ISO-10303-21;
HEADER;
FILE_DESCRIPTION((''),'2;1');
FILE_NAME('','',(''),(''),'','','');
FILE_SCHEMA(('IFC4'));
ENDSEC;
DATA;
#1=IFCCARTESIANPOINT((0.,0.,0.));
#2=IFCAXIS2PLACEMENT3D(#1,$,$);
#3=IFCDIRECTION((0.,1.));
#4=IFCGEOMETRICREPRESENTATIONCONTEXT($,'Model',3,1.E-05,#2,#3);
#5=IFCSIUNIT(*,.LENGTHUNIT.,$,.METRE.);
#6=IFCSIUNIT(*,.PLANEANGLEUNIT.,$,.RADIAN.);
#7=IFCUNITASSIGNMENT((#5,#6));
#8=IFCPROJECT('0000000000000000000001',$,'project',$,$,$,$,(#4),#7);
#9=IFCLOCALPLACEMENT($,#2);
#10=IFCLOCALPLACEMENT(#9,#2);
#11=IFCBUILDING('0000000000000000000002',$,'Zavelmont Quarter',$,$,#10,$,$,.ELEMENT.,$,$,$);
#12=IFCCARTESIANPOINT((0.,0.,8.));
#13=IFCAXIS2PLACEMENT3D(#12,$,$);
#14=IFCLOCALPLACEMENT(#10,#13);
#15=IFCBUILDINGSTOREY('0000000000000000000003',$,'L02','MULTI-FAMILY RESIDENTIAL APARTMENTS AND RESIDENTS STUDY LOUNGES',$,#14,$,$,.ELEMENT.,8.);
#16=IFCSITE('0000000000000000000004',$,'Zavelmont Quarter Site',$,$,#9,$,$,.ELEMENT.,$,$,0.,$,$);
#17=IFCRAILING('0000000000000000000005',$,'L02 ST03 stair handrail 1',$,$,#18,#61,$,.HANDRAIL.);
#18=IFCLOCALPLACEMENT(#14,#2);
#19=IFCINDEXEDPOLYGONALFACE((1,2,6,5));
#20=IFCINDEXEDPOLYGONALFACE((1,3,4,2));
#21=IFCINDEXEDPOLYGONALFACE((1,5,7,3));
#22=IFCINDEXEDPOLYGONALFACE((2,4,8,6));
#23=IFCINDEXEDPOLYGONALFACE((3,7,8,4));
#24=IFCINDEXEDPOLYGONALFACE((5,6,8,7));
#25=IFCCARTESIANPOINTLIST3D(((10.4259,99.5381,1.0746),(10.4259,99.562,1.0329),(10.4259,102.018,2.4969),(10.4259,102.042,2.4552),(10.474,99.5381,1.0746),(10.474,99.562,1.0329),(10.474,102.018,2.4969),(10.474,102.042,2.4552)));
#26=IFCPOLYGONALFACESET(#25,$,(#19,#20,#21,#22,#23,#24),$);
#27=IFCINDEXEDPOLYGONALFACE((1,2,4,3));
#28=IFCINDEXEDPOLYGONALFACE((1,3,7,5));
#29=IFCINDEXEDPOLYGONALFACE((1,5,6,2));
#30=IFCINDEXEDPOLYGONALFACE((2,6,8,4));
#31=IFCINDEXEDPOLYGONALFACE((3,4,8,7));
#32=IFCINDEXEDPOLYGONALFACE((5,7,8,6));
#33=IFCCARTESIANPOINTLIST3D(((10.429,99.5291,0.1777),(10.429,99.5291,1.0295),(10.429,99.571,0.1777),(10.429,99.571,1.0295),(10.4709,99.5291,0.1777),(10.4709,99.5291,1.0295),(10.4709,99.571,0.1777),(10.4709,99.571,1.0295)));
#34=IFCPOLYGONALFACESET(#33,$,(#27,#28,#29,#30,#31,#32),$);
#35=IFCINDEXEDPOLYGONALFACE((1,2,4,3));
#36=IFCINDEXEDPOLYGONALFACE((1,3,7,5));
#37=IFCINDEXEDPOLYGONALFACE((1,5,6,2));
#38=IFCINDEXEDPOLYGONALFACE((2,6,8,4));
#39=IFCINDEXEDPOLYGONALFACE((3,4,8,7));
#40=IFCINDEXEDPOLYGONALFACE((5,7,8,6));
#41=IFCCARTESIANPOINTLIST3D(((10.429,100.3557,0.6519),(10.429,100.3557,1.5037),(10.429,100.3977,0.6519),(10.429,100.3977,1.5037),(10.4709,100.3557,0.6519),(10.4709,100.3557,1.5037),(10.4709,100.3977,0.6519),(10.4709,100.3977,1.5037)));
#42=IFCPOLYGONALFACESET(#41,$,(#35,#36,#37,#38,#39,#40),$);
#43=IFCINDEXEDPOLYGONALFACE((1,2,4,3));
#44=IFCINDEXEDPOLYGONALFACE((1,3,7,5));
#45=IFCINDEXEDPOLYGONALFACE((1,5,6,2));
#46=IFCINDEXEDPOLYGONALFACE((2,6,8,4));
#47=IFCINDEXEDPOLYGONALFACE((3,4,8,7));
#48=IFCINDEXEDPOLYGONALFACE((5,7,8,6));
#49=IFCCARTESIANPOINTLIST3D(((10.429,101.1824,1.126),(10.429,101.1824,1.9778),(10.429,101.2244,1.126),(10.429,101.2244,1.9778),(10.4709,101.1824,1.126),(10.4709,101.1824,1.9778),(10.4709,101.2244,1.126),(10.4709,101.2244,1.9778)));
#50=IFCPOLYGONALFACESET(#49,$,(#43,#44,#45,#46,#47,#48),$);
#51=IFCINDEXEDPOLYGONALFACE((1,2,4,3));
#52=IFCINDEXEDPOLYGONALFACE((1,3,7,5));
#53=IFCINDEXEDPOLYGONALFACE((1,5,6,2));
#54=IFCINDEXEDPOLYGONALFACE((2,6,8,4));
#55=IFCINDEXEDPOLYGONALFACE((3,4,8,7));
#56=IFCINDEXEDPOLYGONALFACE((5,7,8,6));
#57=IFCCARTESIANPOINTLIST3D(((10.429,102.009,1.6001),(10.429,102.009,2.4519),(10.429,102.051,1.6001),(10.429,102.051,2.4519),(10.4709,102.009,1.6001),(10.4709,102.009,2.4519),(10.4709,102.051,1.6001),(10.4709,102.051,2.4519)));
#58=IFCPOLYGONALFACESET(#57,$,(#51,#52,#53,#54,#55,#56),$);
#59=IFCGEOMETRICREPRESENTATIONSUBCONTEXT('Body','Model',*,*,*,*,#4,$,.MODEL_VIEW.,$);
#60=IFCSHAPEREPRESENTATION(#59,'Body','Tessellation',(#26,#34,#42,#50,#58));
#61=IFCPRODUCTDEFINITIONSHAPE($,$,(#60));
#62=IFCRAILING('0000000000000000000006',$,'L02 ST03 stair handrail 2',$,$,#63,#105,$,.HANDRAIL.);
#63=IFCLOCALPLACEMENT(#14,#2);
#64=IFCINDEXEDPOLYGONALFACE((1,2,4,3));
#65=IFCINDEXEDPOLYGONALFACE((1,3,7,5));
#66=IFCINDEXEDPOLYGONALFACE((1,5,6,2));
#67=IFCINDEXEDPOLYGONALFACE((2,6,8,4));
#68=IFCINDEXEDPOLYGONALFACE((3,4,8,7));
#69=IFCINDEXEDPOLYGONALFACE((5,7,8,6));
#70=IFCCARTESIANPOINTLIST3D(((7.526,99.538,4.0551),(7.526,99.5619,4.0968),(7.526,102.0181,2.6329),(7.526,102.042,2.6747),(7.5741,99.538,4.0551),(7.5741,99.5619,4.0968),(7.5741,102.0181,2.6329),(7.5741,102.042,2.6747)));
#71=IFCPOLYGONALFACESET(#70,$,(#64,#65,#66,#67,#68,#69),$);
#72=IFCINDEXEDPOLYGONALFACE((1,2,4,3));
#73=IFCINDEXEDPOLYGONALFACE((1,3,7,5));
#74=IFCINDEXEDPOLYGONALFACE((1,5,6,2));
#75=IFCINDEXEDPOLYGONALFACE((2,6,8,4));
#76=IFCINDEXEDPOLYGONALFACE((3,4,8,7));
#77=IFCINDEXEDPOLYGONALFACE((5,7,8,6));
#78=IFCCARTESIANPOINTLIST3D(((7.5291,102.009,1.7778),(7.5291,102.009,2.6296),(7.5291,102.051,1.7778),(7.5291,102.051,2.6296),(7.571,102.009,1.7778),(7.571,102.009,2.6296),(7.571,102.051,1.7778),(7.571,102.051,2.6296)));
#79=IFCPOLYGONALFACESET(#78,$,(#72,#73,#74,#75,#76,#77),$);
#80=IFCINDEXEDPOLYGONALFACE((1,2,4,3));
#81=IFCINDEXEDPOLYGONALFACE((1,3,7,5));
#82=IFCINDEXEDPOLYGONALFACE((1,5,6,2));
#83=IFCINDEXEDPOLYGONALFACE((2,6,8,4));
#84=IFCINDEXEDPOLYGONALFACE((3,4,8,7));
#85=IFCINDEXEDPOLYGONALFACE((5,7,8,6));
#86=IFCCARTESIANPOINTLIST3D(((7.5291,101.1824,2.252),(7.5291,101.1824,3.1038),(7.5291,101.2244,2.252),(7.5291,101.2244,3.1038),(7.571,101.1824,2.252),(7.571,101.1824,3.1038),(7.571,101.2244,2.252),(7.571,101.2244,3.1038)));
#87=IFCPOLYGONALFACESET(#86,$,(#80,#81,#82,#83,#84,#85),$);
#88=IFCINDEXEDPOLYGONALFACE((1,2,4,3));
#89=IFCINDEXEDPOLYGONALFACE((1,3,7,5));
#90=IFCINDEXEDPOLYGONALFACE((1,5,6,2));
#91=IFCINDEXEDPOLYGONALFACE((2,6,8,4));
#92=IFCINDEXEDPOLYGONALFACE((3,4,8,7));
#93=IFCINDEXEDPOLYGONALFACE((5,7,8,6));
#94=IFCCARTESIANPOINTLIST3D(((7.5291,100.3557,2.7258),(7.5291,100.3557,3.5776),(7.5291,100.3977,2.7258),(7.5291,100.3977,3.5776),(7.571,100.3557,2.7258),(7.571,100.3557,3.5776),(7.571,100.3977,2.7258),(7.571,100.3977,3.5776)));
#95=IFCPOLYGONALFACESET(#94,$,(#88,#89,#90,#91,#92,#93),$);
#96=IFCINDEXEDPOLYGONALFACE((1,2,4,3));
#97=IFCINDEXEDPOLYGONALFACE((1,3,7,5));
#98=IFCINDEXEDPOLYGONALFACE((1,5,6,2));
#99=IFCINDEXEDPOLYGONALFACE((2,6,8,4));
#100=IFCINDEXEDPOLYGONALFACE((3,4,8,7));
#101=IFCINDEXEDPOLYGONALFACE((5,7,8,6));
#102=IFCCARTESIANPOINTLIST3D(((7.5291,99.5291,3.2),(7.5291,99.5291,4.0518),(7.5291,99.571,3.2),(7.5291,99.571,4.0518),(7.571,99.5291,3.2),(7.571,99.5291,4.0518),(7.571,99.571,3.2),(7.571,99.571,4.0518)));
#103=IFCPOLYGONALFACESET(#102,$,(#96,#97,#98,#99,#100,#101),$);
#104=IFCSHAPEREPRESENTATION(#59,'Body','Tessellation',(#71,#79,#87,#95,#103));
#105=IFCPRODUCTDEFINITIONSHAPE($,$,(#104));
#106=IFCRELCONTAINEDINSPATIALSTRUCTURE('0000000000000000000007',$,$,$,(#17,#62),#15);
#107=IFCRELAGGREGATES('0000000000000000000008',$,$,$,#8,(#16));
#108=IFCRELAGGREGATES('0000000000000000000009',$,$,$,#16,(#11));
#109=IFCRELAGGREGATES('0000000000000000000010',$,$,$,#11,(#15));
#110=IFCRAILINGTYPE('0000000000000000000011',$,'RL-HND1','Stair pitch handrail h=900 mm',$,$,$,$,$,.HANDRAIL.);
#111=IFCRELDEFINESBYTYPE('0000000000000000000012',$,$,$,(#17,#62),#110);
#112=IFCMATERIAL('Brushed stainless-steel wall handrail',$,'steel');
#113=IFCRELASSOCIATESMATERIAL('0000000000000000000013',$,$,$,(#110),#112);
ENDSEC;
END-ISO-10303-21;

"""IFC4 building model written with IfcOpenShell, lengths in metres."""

from ifc_helpers import new_model, si_unit, direction, frame, origin, origin_2d, place, context, subcontext, project, spatial, rectangle, extrude, material, type_object, element, save


model = new_model("IFC4")

# Units and contexts
model_context = context("Model", 3, precision=1e-05, world=origin(), true_north=direction((0.0, 1.0)))
body_context = subcontext(model_context, "Body", "Model", "MODEL_VIEW")
ifc_project = project(units=[si_unit("LENGTHUNIT", "METRE"), si_unit("PLANEANGLEUNIT", "RADIAN")], contexts=[model_context])

# Site, building, storey
site_placement = place(None, origin())
site = spatial("IfcSite", under=ifc_project, at=site_placement, Name="Zavelmont Quarter Site", CompositionType="ELEMENT", RefElevation=0.0)
building_placement = place(site_placement, origin())
building = spatial("IfcBuilding", under=site, at=building_placement, Name="Zavelmont Quarter", CompositionType="ELEMENT")
storey_placement = place(building_placement, frame((0.0, 0.0, 8.0)))
storey = spatial("IfcBuildingStorey", under=building, at=storey_placement, Name="L02", Description="MULTI-FAMILY RESIDENTIAL APARTMENTS AND RESIDENTS STUDY LOUNGES", CompositionType="ELEMENT", Elevation=8.0)

# Railings
ifc_material_1 = material(Name="Brushed stainless-steel wall handrail", Category="steel")
railing_type_1 = type_object("IfcRailingType", Name="RL-HND1", Description="Stair pitch handrail h=900 mm", PredefinedType="HANDRAIL", material=ifc_material_1)
railing_1_placement = place(storey_placement, frame((10.45, 99.55, 0.1777)))
element("IfcRailing", 1, at=railing_1_placement, inside=storey, type_object=railing_type_1, Name="L02 ST03 stair handrail 1", PredefinedType="HANDRAIL", context=body_context, shape_type="SweptSolid", body=[
    extrude(rectangle(XDim=0.0481, YDim=0.0481, at=origin_2d()), frame((0.0, 0.0, 0.876), z_axis=(0.0, 0.867454, 0.497518), x_axis=(-1.0, 0.0, 0.0)), (0.0, 0.0, 1.0), 2.8589),
    extrude(rectangle(XDim=0.042, YDim=0.042, at=origin_2d()), origin(), (0.0, 0.0, 1.0), 0.8518),
    extrude(rectangle(XDim=0.042, YDim=0.042, at=origin_2d()), frame((0.0, 0.8267, 0.4741)), (0.0, 0.0, 1.0), 0.8518),
    extrude(rectangle(XDim=0.042, YDim=0.042, at=origin_2d()), frame((0.0, 1.6533, 0.9482)), (0.0, 0.0, 1.0), 0.8518),
    extrude(rectangle(XDim=0.042, YDim=0.042, at=origin_2d()), frame((0.0, 2.48, 1.4224)), (0.0, 0.0, 1.0), 0.8518),
])
railing_2_placement = place(storey_placement, frame((7.55, 102.03, 1.7778)))
element("IfcRailing", 2, at=railing_2_placement, inside=storey, type_object=railing_type_1, Name="L02 ST03 stair handrail 2", PredefinedType="HANDRAIL", context=body_context, shape_type="SweptSolid", body=[
    extrude(rectangle(XDim=0.0481, YDim=0.0481, at=origin_2d()), frame((0.0, 0.0, 0.876), z_axis=(0.0, -0.867491, 0.497454), x_axis=(1.0, 0.0, 0.0)), (0.0, 0.0, 1.0), 2.8589),
    extrude(rectangle(XDim=0.042, YDim=0.042, at=origin_2d()), origin(), (0.0, 0.0, 1.0), 0.8518),
    extrude(rectangle(XDim=0.042, YDim=0.042, at=origin_2d()), frame((0.0, -0.8267, 0.4741)), (0.0, 0.0, 1.0), 0.8518),
    extrude(rectangle(XDim=0.042, YDim=0.042, at=origin_2d()), frame((0.0, -1.6533, 0.948)), (0.0, 0.0, 1.0), 0.8518),
    extrude(rectangle(XDim=0.042, YDim=0.042, at=origin_2d()), frame((0.0, -2.48, 1.4221)), (0.0, 0.0, 1.0), 0.8518),
])

save(model, "model.ifc")
